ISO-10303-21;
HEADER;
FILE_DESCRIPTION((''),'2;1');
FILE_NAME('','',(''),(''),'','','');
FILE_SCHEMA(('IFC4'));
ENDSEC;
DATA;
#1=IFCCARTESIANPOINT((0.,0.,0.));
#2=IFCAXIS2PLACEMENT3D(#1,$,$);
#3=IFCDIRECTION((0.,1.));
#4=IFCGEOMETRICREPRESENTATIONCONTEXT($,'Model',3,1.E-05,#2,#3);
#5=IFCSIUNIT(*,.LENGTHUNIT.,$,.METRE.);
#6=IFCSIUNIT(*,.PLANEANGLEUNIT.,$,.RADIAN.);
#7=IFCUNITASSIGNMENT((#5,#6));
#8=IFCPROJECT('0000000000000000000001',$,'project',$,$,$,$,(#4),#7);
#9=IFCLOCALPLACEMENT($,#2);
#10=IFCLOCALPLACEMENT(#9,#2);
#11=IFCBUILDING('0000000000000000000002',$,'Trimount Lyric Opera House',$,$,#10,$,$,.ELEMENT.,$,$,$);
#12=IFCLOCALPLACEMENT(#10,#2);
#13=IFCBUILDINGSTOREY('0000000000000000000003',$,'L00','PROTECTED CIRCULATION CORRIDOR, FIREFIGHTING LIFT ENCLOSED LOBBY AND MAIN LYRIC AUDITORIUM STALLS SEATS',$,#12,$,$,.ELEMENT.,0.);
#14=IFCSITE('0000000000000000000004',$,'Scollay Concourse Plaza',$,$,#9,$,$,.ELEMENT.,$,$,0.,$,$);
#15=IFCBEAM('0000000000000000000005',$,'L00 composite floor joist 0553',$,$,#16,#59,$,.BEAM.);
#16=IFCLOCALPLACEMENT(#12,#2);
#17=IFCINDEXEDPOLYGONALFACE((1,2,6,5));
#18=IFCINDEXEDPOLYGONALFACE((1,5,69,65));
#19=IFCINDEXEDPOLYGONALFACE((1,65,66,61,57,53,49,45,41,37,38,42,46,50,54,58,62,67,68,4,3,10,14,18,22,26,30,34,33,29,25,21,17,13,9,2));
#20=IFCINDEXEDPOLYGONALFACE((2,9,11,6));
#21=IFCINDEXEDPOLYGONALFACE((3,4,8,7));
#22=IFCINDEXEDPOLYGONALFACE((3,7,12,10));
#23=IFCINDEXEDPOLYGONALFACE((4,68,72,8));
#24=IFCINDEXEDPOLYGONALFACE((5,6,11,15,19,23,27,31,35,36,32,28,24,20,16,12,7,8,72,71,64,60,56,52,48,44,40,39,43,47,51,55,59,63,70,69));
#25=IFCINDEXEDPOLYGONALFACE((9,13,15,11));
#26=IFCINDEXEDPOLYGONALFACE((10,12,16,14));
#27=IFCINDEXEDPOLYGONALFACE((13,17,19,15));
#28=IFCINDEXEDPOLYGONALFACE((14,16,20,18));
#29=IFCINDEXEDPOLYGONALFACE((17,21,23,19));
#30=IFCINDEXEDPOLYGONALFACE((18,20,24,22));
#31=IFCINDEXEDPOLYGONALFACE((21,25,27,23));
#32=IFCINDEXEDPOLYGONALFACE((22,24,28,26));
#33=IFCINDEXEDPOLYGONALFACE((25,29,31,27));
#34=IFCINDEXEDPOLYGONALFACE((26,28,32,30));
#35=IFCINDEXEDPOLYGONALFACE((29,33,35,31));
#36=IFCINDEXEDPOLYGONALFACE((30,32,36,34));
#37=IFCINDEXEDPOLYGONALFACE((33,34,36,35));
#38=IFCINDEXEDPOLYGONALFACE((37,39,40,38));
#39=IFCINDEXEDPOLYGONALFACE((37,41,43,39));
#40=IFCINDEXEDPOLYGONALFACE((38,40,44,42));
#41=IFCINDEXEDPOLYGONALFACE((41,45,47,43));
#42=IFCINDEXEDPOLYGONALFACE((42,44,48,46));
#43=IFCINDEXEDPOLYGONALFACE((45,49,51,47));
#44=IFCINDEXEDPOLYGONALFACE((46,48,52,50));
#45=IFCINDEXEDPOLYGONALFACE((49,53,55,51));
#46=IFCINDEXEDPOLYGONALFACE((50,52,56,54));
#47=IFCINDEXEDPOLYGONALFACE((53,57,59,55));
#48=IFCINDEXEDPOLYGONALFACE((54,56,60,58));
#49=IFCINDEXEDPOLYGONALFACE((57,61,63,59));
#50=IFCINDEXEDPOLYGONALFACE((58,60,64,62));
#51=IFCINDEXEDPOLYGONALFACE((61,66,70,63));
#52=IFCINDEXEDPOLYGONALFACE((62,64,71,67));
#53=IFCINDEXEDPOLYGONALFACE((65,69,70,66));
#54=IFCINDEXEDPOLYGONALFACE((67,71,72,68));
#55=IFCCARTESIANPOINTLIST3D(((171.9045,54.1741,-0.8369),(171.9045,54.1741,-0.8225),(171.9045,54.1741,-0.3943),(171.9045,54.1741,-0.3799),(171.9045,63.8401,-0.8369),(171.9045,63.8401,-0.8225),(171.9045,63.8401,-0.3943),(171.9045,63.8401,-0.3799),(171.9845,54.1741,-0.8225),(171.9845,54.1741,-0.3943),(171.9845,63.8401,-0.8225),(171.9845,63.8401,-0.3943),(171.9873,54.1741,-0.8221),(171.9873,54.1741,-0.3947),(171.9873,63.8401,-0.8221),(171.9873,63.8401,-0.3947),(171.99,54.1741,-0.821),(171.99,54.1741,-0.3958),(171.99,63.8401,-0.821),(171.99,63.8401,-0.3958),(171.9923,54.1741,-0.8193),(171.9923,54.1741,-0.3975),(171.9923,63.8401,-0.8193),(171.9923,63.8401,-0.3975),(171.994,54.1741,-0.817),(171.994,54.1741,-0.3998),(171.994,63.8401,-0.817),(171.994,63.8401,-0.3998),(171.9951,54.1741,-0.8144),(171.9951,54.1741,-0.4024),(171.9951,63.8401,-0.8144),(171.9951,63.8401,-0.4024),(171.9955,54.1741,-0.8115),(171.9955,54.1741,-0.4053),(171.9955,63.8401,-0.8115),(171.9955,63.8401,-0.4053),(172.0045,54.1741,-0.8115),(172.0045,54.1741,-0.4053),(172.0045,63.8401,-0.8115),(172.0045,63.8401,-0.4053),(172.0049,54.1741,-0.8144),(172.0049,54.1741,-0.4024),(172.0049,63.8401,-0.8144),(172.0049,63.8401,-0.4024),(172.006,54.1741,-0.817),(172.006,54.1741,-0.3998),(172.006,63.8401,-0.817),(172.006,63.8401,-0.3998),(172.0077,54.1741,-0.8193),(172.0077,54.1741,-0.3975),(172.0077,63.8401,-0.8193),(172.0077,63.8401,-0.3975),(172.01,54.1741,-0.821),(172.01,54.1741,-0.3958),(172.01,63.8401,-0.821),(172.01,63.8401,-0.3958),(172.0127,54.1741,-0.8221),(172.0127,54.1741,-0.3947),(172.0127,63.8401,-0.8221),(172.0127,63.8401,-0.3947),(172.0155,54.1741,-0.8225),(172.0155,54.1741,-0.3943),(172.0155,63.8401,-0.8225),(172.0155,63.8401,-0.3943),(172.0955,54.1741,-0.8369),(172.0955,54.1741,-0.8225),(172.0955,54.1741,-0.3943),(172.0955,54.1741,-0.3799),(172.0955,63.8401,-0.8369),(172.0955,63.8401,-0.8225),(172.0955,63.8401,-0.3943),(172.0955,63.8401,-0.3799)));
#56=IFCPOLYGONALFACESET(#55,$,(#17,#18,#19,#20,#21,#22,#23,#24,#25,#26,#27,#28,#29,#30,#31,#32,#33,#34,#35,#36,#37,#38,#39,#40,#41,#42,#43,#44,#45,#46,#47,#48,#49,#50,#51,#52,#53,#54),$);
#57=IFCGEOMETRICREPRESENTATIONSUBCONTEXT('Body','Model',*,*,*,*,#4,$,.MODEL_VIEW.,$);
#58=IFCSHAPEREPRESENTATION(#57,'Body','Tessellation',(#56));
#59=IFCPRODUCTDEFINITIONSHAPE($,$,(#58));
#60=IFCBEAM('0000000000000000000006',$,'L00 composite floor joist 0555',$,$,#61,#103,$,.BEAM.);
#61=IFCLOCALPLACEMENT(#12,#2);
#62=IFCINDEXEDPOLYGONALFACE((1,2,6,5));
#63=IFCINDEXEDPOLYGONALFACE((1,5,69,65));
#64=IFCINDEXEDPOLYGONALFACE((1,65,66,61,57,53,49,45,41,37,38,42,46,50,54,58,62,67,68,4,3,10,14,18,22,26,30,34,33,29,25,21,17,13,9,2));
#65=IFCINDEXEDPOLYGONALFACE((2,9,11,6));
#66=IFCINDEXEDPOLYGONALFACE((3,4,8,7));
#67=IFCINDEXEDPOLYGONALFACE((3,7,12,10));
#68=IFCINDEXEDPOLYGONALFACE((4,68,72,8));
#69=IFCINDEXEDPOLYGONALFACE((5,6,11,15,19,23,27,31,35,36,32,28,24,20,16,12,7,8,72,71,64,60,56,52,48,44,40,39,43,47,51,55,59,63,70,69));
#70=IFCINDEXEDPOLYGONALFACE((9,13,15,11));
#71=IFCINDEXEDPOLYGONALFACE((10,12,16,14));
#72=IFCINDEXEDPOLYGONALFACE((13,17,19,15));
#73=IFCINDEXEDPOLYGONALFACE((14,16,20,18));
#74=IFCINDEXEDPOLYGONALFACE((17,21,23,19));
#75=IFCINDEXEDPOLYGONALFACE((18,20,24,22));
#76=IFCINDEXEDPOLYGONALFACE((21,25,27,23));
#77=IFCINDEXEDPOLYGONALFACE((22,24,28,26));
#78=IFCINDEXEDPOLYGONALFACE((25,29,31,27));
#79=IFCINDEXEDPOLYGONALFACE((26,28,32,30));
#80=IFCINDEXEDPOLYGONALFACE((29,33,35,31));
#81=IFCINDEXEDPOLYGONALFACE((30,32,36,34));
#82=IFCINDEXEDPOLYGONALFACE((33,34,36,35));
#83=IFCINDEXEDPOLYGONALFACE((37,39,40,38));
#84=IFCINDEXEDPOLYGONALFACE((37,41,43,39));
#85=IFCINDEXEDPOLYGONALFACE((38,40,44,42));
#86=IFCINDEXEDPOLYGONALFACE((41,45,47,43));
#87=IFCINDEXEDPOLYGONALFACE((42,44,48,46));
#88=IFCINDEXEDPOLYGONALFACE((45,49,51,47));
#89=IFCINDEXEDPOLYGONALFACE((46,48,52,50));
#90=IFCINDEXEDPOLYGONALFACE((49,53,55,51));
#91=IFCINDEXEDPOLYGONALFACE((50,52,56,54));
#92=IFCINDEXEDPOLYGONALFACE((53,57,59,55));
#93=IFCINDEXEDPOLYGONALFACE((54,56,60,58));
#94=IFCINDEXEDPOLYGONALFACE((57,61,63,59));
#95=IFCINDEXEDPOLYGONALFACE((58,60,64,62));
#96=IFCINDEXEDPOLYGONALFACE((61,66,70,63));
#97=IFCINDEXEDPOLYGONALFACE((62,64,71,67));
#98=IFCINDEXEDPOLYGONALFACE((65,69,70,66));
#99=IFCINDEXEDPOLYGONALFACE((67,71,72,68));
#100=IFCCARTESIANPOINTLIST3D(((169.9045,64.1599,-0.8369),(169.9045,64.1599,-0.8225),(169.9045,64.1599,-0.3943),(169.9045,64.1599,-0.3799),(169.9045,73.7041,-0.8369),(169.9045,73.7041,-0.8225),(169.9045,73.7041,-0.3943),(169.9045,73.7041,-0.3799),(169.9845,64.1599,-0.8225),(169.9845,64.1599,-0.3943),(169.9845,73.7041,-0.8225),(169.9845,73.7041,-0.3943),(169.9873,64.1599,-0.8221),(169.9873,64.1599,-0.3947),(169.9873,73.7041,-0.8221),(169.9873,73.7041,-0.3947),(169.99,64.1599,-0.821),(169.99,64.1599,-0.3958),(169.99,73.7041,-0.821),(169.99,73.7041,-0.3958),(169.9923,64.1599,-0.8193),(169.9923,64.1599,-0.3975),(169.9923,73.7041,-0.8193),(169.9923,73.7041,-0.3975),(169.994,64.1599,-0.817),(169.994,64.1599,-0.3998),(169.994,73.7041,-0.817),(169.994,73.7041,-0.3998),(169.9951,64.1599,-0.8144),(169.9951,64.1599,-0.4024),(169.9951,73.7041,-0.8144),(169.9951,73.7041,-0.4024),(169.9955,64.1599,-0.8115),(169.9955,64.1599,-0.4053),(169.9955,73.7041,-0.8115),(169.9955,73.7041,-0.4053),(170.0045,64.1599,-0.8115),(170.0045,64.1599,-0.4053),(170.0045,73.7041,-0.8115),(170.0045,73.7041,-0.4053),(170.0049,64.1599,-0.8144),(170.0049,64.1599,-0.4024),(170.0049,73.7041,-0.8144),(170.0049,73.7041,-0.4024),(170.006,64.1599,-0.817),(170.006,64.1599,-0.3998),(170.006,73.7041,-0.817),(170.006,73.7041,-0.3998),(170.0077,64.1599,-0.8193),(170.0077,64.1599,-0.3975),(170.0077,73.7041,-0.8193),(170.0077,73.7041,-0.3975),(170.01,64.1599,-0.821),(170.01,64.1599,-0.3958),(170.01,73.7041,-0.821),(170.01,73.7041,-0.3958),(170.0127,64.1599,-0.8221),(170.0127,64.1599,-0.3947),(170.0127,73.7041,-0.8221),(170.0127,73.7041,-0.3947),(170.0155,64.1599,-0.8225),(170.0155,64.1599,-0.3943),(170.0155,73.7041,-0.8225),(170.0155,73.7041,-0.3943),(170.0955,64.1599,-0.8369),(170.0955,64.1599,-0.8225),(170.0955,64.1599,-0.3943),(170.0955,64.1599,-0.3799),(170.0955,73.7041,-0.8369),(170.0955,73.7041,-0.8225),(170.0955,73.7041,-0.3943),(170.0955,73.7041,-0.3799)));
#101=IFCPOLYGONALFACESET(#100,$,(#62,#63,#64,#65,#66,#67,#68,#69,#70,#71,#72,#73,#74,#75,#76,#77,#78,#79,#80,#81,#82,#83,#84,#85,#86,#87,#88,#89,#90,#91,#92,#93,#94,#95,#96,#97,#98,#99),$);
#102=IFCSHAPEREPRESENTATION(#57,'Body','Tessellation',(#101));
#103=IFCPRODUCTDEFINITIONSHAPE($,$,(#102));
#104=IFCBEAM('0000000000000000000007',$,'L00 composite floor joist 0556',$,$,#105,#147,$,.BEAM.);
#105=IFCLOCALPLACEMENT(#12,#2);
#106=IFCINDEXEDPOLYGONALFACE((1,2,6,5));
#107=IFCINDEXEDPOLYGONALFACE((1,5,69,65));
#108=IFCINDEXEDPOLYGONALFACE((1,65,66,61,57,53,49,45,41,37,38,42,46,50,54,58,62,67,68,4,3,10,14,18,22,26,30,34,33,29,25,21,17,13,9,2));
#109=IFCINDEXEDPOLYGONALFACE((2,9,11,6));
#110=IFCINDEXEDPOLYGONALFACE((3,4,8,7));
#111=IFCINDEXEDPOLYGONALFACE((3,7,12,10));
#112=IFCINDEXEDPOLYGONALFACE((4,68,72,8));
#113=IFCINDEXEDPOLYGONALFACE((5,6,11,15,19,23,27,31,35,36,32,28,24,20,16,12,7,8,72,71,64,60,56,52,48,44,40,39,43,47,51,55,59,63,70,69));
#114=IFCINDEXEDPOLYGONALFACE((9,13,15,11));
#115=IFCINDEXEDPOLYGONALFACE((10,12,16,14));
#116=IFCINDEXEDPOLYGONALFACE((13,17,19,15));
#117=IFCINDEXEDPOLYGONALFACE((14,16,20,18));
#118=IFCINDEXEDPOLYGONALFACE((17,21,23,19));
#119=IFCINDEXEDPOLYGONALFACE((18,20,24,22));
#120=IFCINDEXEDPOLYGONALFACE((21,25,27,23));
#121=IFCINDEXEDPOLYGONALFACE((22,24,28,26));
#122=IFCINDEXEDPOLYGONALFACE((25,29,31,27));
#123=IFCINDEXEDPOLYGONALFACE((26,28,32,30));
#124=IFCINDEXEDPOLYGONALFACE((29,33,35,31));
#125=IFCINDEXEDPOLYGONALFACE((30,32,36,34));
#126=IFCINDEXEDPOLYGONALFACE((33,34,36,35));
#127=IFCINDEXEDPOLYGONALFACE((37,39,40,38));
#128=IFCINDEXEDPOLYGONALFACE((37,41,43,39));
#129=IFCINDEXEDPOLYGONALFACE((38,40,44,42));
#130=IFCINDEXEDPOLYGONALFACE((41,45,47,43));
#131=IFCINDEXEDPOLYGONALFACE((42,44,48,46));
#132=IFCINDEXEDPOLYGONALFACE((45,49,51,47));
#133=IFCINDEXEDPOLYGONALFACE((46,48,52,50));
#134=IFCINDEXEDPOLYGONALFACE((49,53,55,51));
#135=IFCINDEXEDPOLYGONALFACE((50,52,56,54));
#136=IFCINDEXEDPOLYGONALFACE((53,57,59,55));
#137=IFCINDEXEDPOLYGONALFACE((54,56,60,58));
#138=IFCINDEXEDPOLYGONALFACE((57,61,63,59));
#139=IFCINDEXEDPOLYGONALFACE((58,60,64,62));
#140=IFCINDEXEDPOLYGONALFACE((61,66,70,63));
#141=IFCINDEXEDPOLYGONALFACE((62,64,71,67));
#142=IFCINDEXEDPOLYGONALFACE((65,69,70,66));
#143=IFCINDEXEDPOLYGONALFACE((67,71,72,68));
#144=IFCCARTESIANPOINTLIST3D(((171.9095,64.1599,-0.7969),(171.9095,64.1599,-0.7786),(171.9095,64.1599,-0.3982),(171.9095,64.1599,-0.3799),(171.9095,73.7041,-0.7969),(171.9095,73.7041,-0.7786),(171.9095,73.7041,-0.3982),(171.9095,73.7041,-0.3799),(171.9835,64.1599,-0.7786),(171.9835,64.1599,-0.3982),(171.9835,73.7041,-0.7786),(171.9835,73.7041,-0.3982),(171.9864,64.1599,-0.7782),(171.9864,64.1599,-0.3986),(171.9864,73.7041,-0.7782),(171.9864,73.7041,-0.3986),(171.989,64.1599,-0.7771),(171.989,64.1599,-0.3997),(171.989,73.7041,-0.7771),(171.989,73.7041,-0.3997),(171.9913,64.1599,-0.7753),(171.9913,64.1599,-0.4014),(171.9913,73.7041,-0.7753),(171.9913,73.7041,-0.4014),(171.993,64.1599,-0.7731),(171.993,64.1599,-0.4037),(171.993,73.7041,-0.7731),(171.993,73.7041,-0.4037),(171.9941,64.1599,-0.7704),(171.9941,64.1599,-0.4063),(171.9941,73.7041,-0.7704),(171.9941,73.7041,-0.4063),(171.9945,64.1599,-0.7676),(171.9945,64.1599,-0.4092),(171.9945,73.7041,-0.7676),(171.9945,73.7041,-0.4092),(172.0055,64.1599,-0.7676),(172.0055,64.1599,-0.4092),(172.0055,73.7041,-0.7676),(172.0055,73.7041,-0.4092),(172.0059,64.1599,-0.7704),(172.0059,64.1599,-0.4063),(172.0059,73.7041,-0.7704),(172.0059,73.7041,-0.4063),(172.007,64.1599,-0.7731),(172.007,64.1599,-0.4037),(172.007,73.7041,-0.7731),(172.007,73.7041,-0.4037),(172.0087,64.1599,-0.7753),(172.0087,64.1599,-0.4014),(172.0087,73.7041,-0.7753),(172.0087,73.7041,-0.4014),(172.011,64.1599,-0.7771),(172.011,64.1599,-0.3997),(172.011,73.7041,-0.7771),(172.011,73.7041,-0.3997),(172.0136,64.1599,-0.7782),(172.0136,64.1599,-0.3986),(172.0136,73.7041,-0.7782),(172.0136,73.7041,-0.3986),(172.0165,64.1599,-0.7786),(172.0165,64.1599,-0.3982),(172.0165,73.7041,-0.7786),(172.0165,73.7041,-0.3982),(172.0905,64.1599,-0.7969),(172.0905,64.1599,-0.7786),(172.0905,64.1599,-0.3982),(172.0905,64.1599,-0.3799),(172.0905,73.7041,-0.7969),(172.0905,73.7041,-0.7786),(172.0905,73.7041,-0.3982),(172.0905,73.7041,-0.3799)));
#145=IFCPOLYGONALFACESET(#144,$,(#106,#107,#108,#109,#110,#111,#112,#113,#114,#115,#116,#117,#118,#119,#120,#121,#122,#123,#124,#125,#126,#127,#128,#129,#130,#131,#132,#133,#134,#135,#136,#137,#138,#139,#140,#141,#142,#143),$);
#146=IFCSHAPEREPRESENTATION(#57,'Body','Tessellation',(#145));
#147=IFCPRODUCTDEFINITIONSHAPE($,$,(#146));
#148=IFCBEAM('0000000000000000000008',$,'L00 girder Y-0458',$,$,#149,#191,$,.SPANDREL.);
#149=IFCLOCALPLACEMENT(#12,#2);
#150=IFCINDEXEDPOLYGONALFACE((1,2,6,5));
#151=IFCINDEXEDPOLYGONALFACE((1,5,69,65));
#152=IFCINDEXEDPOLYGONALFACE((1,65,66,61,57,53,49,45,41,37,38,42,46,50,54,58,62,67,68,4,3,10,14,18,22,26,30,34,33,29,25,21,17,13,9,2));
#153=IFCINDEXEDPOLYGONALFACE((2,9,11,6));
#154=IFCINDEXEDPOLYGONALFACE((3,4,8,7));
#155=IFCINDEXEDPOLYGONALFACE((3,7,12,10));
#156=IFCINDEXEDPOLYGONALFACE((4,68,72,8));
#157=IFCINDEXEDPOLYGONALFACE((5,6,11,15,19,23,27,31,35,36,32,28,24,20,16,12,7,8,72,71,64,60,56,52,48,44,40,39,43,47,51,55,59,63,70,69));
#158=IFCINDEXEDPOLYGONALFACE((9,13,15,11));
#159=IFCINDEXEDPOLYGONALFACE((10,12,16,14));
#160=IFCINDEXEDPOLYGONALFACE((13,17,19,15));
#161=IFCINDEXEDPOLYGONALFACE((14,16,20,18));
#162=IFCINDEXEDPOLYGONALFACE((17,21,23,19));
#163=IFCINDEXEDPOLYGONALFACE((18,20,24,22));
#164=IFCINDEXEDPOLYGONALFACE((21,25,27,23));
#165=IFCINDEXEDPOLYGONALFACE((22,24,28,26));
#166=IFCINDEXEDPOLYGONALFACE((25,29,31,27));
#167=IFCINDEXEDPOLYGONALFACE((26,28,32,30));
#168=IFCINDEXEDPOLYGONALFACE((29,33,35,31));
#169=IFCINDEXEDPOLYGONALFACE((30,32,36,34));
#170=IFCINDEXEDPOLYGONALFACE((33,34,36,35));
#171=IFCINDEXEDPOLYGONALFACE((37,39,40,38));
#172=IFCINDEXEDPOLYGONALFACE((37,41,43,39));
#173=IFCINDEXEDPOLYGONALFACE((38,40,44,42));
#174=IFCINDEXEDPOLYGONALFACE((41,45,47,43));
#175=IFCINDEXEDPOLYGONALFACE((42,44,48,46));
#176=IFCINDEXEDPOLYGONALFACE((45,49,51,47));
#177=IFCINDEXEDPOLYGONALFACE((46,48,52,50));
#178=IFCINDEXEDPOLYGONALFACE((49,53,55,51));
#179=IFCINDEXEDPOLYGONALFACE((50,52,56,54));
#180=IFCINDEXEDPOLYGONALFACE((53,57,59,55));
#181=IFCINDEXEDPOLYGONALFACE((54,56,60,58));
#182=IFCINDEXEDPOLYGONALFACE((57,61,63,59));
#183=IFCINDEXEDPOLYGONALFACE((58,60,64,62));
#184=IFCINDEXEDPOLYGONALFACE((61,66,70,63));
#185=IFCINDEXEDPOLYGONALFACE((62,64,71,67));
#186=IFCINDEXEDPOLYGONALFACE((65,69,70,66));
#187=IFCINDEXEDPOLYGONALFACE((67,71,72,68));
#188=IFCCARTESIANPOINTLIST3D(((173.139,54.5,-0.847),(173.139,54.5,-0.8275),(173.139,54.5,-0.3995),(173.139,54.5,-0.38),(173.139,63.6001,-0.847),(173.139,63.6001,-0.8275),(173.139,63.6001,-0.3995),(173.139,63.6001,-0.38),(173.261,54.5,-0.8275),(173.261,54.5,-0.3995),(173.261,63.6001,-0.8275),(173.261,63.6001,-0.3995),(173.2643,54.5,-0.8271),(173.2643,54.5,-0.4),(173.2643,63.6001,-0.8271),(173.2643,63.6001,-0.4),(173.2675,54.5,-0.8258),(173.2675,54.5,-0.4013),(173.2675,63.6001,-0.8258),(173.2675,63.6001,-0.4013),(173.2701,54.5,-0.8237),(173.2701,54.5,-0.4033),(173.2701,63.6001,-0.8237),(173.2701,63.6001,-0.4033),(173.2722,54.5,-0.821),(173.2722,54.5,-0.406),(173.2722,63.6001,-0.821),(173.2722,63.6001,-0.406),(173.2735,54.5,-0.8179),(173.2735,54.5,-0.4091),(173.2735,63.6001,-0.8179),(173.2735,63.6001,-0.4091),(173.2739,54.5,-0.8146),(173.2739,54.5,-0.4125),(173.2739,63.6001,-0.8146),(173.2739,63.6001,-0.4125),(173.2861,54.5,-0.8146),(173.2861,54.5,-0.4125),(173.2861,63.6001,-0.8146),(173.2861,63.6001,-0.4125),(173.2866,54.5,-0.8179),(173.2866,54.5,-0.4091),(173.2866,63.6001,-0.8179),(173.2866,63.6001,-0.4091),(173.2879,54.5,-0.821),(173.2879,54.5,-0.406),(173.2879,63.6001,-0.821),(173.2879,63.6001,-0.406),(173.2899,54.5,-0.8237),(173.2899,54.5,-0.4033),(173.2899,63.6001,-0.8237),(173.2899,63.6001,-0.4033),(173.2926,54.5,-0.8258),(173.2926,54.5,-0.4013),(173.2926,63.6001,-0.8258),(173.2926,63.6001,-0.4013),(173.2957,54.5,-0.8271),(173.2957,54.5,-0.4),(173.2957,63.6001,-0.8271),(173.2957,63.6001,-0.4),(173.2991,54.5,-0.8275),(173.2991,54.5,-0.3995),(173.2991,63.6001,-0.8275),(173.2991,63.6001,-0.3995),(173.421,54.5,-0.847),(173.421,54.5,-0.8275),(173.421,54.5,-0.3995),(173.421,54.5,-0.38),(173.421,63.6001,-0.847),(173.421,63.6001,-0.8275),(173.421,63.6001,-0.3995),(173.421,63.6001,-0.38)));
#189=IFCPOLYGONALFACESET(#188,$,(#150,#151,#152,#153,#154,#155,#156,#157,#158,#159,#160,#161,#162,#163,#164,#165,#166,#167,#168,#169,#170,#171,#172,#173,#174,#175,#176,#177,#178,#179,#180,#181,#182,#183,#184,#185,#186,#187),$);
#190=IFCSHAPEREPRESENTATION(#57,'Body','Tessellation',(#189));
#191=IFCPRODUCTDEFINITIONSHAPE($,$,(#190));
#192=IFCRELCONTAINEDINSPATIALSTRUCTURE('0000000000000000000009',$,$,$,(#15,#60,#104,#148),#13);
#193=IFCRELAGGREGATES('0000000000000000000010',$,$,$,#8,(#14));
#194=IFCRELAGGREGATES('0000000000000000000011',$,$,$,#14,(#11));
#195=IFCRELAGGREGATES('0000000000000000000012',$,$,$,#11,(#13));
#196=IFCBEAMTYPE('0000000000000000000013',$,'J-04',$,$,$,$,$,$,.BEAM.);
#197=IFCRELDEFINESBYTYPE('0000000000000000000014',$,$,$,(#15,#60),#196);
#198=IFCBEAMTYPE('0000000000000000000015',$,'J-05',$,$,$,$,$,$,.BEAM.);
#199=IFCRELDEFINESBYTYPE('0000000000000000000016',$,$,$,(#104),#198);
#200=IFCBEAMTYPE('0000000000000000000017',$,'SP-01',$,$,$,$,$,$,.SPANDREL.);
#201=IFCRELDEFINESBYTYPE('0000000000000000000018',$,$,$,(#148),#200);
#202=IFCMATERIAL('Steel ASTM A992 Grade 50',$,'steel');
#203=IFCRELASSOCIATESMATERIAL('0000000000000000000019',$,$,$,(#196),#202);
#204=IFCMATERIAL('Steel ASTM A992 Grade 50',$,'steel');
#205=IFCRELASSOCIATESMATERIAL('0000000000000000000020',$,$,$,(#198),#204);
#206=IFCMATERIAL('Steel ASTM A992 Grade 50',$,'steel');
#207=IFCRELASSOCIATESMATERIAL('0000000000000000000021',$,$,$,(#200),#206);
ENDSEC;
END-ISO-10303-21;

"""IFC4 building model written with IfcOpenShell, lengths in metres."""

from ifc_helpers import new_model, si_unit, direction, frame, origin, origin_2d, place, context, subcontext, project, spatial, i_section, extrude, material, material_profile, profile_set, type_object, element, save


model = new_model("IFC4")

# Units and contexts
model_context = context("Model", 3, precision=1e-05, world=origin(), true_north=direction((0.0, 1.0)))
body_context = subcontext(model_context, "Body", "Model", "MODEL_VIEW")
ifc_project = project(units=[si_unit("LENGTHUNIT", "METRE"), si_unit("PLANEANGLEUNIT", "RADIAN")], contexts=[model_context])

# Site, building, storey
site_placement = place(None, origin())
site = spatial("IfcSite", under=ifc_project, at=site_placement, Name="Scollay Concourse Plaza", CompositionType="ELEMENT", RefElevation=0.0)
building_placement = place(site_placement, origin())
building = spatial("IfcBuilding", under=site, at=building_placement, Name="Trimount Lyric Opera House", CompositionType="ELEMENT")
storey_placement = place(building_placement, origin())
storey = spatial("IfcBuildingStorey", under=building, at=storey_placement, Name="L00", Description="PROTECTED CIRCULATION CORRIDOR, FIREFIGHTING LIFT ENCLOSED LOBBY AND MAIN LYRIC AUDITORIUM STALLS SEATS", CompositionType="ELEMENT", Elevation=0.0)

# Beams
ifc_material_1 = material(Name="Steel ASTM A992 Grade 50", Category="steel")
ifc_material_profile_1 = material_profile(ifc_material_1, i_section(OverallWidth=0.1909, OverallDepth=0.457, WebThickness=0.009, FlangeThickness=0.0144, FilletRadius=0.011, at=origin_2d()), Name="W18X50")
ifc_profile_set_1 = profile_set([ifc_material_profile_1], Name="Steel ASTM A992 Grade 50")
beam_type_1 = type_object("IfcBeamType", Name="J-04", PredefinedType="BEAM", material=ifc_profile_set_1)
beam_1_placement = place(storey_placement, frame((172.0, 54.1741, -0.6084), z_axis=(0.0, 1.0, 0.0), x_axis=(-1.0, 0.0, 0.0)))
element("IfcBeam", 1, at=beam_1_placement, inside=storey, type_object=beam_type_1, Name="L00 composite floor joist 0553", PredefinedType="BEAM", context=body_context, shape_type="SweptSolid", body=[
    extrude(i_section(OverallWidth=0.1909, OverallDepth=0.457, WebThickness=0.009, FlangeThickness=0.0144, FilletRadius=0.011, at=origin_2d()), origin(), (0.0, 0.0, 1.0), 9.666),
])
beam_2_placement = place(storey_placement, frame((170.0, 64.1599, -0.6084), z_axis=(0.0, 1.0, 0.0), x_axis=(-1.0, 0.0, 0.0)))
element("IfcBeam", 2, at=beam_2_placement, inside=storey, type_object=beam_type_1, Name="L00 composite floor joist 0555", PredefinedType="BEAM", context=body_context, shape_type="SweptSolid", body=[
    extrude(i_section(OverallWidth=0.1909, OverallDepth=0.457, WebThickness=0.009, FlangeThickness=0.0144, FilletRadius=0.011, at=origin_2d()), origin(), (0.0, 0.0, 1.0), 9.5442),
])
ifc_material_2 = material(Name="Steel ASTM A992 Grade 50", Category="steel")
ifc_material_profile_2 = material_profile(ifc_material_2, i_section(OverallWidth=0.1809, OverallDepth=0.417, WebThickness=0.011, FlangeThickness=0.0183, FilletRadius=0.011, at=origin_2d()), Name="W16X57")
ifc_profile_set_2 = profile_set([ifc_material_profile_2], Name="Steel ASTM A992 Grade 50")
beam_type_2 = type_object("IfcBeamType", Name="J-05", PredefinedType="BEAM", material=ifc_profile_set_2)
beam_3_placement = place(storey_placement, frame((172.0, 64.1599, -0.5884), z_axis=(0.0, 1.0, 0.0), x_axis=(-1.0, 0.0, 0.0)))
element("IfcBeam", 3, at=beam_3_placement, inside=storey, type_object=beam_type_2, Name="L00 composite floor joist 0556", PredefinedType="BEAM", context=body_context, shape_type="SweptSolid", body=[
    extrude(i_section(OverallWidth=0.1809, OverallDepth=0.417, WebThickness=0.011, FlangeThickness=0.0183, FilletRadius=0.011, at=origin_2d()), origin(), (0.0, 0.0, 1.0), 9.5442),
])
ifc_material_3 = material(Name="Steel ASTM A992 Grade 50", Category="steel")
ifc_material_profile_3 = material_profile(ifc_material_3, i_section(OverallWidth=0.282, OverallDepth=0.467, WebThickness=0.0122, FlangeThickness=0.0195, FilletRadius=0.0129, at=origin_2d()), Name="W18X86")
ifc_profile_set_3 = profile_set([ifc_material_profile_3], Name="Steel ASTM A992 Grade 50")
beam_type_3 = type_object("IfcBeamType", Name="SP-01", PredefinedType="SPANDREL", material=ifc_profile_set_3)
beam_4_placement = place(storey_placement, frame((173.28, 54.5, -0.6135), z_axis=(0.0, 1.0, 0.0), x_axis=(-1.0, 0.0, 0.0)))
element("IfcBeam", 4, at=beam_4_placement, inside=storey, type_object=beam_type_3, Name="L00 girder Y-0458", PredefinedType="SPANDREL", context=body_context, shape_type="SweptSolid", body=[
    extrude(i_section(OverallWidth=0.282, OverallDepth=0.467, WebThickness=0.0122, FlangeThickness=0.0195, FilletRadius=0.0129, at=origin_2d()), origin(), (0.0, 0.0, 1.0), 9.1001),
])

save(model, "model.ifc")
